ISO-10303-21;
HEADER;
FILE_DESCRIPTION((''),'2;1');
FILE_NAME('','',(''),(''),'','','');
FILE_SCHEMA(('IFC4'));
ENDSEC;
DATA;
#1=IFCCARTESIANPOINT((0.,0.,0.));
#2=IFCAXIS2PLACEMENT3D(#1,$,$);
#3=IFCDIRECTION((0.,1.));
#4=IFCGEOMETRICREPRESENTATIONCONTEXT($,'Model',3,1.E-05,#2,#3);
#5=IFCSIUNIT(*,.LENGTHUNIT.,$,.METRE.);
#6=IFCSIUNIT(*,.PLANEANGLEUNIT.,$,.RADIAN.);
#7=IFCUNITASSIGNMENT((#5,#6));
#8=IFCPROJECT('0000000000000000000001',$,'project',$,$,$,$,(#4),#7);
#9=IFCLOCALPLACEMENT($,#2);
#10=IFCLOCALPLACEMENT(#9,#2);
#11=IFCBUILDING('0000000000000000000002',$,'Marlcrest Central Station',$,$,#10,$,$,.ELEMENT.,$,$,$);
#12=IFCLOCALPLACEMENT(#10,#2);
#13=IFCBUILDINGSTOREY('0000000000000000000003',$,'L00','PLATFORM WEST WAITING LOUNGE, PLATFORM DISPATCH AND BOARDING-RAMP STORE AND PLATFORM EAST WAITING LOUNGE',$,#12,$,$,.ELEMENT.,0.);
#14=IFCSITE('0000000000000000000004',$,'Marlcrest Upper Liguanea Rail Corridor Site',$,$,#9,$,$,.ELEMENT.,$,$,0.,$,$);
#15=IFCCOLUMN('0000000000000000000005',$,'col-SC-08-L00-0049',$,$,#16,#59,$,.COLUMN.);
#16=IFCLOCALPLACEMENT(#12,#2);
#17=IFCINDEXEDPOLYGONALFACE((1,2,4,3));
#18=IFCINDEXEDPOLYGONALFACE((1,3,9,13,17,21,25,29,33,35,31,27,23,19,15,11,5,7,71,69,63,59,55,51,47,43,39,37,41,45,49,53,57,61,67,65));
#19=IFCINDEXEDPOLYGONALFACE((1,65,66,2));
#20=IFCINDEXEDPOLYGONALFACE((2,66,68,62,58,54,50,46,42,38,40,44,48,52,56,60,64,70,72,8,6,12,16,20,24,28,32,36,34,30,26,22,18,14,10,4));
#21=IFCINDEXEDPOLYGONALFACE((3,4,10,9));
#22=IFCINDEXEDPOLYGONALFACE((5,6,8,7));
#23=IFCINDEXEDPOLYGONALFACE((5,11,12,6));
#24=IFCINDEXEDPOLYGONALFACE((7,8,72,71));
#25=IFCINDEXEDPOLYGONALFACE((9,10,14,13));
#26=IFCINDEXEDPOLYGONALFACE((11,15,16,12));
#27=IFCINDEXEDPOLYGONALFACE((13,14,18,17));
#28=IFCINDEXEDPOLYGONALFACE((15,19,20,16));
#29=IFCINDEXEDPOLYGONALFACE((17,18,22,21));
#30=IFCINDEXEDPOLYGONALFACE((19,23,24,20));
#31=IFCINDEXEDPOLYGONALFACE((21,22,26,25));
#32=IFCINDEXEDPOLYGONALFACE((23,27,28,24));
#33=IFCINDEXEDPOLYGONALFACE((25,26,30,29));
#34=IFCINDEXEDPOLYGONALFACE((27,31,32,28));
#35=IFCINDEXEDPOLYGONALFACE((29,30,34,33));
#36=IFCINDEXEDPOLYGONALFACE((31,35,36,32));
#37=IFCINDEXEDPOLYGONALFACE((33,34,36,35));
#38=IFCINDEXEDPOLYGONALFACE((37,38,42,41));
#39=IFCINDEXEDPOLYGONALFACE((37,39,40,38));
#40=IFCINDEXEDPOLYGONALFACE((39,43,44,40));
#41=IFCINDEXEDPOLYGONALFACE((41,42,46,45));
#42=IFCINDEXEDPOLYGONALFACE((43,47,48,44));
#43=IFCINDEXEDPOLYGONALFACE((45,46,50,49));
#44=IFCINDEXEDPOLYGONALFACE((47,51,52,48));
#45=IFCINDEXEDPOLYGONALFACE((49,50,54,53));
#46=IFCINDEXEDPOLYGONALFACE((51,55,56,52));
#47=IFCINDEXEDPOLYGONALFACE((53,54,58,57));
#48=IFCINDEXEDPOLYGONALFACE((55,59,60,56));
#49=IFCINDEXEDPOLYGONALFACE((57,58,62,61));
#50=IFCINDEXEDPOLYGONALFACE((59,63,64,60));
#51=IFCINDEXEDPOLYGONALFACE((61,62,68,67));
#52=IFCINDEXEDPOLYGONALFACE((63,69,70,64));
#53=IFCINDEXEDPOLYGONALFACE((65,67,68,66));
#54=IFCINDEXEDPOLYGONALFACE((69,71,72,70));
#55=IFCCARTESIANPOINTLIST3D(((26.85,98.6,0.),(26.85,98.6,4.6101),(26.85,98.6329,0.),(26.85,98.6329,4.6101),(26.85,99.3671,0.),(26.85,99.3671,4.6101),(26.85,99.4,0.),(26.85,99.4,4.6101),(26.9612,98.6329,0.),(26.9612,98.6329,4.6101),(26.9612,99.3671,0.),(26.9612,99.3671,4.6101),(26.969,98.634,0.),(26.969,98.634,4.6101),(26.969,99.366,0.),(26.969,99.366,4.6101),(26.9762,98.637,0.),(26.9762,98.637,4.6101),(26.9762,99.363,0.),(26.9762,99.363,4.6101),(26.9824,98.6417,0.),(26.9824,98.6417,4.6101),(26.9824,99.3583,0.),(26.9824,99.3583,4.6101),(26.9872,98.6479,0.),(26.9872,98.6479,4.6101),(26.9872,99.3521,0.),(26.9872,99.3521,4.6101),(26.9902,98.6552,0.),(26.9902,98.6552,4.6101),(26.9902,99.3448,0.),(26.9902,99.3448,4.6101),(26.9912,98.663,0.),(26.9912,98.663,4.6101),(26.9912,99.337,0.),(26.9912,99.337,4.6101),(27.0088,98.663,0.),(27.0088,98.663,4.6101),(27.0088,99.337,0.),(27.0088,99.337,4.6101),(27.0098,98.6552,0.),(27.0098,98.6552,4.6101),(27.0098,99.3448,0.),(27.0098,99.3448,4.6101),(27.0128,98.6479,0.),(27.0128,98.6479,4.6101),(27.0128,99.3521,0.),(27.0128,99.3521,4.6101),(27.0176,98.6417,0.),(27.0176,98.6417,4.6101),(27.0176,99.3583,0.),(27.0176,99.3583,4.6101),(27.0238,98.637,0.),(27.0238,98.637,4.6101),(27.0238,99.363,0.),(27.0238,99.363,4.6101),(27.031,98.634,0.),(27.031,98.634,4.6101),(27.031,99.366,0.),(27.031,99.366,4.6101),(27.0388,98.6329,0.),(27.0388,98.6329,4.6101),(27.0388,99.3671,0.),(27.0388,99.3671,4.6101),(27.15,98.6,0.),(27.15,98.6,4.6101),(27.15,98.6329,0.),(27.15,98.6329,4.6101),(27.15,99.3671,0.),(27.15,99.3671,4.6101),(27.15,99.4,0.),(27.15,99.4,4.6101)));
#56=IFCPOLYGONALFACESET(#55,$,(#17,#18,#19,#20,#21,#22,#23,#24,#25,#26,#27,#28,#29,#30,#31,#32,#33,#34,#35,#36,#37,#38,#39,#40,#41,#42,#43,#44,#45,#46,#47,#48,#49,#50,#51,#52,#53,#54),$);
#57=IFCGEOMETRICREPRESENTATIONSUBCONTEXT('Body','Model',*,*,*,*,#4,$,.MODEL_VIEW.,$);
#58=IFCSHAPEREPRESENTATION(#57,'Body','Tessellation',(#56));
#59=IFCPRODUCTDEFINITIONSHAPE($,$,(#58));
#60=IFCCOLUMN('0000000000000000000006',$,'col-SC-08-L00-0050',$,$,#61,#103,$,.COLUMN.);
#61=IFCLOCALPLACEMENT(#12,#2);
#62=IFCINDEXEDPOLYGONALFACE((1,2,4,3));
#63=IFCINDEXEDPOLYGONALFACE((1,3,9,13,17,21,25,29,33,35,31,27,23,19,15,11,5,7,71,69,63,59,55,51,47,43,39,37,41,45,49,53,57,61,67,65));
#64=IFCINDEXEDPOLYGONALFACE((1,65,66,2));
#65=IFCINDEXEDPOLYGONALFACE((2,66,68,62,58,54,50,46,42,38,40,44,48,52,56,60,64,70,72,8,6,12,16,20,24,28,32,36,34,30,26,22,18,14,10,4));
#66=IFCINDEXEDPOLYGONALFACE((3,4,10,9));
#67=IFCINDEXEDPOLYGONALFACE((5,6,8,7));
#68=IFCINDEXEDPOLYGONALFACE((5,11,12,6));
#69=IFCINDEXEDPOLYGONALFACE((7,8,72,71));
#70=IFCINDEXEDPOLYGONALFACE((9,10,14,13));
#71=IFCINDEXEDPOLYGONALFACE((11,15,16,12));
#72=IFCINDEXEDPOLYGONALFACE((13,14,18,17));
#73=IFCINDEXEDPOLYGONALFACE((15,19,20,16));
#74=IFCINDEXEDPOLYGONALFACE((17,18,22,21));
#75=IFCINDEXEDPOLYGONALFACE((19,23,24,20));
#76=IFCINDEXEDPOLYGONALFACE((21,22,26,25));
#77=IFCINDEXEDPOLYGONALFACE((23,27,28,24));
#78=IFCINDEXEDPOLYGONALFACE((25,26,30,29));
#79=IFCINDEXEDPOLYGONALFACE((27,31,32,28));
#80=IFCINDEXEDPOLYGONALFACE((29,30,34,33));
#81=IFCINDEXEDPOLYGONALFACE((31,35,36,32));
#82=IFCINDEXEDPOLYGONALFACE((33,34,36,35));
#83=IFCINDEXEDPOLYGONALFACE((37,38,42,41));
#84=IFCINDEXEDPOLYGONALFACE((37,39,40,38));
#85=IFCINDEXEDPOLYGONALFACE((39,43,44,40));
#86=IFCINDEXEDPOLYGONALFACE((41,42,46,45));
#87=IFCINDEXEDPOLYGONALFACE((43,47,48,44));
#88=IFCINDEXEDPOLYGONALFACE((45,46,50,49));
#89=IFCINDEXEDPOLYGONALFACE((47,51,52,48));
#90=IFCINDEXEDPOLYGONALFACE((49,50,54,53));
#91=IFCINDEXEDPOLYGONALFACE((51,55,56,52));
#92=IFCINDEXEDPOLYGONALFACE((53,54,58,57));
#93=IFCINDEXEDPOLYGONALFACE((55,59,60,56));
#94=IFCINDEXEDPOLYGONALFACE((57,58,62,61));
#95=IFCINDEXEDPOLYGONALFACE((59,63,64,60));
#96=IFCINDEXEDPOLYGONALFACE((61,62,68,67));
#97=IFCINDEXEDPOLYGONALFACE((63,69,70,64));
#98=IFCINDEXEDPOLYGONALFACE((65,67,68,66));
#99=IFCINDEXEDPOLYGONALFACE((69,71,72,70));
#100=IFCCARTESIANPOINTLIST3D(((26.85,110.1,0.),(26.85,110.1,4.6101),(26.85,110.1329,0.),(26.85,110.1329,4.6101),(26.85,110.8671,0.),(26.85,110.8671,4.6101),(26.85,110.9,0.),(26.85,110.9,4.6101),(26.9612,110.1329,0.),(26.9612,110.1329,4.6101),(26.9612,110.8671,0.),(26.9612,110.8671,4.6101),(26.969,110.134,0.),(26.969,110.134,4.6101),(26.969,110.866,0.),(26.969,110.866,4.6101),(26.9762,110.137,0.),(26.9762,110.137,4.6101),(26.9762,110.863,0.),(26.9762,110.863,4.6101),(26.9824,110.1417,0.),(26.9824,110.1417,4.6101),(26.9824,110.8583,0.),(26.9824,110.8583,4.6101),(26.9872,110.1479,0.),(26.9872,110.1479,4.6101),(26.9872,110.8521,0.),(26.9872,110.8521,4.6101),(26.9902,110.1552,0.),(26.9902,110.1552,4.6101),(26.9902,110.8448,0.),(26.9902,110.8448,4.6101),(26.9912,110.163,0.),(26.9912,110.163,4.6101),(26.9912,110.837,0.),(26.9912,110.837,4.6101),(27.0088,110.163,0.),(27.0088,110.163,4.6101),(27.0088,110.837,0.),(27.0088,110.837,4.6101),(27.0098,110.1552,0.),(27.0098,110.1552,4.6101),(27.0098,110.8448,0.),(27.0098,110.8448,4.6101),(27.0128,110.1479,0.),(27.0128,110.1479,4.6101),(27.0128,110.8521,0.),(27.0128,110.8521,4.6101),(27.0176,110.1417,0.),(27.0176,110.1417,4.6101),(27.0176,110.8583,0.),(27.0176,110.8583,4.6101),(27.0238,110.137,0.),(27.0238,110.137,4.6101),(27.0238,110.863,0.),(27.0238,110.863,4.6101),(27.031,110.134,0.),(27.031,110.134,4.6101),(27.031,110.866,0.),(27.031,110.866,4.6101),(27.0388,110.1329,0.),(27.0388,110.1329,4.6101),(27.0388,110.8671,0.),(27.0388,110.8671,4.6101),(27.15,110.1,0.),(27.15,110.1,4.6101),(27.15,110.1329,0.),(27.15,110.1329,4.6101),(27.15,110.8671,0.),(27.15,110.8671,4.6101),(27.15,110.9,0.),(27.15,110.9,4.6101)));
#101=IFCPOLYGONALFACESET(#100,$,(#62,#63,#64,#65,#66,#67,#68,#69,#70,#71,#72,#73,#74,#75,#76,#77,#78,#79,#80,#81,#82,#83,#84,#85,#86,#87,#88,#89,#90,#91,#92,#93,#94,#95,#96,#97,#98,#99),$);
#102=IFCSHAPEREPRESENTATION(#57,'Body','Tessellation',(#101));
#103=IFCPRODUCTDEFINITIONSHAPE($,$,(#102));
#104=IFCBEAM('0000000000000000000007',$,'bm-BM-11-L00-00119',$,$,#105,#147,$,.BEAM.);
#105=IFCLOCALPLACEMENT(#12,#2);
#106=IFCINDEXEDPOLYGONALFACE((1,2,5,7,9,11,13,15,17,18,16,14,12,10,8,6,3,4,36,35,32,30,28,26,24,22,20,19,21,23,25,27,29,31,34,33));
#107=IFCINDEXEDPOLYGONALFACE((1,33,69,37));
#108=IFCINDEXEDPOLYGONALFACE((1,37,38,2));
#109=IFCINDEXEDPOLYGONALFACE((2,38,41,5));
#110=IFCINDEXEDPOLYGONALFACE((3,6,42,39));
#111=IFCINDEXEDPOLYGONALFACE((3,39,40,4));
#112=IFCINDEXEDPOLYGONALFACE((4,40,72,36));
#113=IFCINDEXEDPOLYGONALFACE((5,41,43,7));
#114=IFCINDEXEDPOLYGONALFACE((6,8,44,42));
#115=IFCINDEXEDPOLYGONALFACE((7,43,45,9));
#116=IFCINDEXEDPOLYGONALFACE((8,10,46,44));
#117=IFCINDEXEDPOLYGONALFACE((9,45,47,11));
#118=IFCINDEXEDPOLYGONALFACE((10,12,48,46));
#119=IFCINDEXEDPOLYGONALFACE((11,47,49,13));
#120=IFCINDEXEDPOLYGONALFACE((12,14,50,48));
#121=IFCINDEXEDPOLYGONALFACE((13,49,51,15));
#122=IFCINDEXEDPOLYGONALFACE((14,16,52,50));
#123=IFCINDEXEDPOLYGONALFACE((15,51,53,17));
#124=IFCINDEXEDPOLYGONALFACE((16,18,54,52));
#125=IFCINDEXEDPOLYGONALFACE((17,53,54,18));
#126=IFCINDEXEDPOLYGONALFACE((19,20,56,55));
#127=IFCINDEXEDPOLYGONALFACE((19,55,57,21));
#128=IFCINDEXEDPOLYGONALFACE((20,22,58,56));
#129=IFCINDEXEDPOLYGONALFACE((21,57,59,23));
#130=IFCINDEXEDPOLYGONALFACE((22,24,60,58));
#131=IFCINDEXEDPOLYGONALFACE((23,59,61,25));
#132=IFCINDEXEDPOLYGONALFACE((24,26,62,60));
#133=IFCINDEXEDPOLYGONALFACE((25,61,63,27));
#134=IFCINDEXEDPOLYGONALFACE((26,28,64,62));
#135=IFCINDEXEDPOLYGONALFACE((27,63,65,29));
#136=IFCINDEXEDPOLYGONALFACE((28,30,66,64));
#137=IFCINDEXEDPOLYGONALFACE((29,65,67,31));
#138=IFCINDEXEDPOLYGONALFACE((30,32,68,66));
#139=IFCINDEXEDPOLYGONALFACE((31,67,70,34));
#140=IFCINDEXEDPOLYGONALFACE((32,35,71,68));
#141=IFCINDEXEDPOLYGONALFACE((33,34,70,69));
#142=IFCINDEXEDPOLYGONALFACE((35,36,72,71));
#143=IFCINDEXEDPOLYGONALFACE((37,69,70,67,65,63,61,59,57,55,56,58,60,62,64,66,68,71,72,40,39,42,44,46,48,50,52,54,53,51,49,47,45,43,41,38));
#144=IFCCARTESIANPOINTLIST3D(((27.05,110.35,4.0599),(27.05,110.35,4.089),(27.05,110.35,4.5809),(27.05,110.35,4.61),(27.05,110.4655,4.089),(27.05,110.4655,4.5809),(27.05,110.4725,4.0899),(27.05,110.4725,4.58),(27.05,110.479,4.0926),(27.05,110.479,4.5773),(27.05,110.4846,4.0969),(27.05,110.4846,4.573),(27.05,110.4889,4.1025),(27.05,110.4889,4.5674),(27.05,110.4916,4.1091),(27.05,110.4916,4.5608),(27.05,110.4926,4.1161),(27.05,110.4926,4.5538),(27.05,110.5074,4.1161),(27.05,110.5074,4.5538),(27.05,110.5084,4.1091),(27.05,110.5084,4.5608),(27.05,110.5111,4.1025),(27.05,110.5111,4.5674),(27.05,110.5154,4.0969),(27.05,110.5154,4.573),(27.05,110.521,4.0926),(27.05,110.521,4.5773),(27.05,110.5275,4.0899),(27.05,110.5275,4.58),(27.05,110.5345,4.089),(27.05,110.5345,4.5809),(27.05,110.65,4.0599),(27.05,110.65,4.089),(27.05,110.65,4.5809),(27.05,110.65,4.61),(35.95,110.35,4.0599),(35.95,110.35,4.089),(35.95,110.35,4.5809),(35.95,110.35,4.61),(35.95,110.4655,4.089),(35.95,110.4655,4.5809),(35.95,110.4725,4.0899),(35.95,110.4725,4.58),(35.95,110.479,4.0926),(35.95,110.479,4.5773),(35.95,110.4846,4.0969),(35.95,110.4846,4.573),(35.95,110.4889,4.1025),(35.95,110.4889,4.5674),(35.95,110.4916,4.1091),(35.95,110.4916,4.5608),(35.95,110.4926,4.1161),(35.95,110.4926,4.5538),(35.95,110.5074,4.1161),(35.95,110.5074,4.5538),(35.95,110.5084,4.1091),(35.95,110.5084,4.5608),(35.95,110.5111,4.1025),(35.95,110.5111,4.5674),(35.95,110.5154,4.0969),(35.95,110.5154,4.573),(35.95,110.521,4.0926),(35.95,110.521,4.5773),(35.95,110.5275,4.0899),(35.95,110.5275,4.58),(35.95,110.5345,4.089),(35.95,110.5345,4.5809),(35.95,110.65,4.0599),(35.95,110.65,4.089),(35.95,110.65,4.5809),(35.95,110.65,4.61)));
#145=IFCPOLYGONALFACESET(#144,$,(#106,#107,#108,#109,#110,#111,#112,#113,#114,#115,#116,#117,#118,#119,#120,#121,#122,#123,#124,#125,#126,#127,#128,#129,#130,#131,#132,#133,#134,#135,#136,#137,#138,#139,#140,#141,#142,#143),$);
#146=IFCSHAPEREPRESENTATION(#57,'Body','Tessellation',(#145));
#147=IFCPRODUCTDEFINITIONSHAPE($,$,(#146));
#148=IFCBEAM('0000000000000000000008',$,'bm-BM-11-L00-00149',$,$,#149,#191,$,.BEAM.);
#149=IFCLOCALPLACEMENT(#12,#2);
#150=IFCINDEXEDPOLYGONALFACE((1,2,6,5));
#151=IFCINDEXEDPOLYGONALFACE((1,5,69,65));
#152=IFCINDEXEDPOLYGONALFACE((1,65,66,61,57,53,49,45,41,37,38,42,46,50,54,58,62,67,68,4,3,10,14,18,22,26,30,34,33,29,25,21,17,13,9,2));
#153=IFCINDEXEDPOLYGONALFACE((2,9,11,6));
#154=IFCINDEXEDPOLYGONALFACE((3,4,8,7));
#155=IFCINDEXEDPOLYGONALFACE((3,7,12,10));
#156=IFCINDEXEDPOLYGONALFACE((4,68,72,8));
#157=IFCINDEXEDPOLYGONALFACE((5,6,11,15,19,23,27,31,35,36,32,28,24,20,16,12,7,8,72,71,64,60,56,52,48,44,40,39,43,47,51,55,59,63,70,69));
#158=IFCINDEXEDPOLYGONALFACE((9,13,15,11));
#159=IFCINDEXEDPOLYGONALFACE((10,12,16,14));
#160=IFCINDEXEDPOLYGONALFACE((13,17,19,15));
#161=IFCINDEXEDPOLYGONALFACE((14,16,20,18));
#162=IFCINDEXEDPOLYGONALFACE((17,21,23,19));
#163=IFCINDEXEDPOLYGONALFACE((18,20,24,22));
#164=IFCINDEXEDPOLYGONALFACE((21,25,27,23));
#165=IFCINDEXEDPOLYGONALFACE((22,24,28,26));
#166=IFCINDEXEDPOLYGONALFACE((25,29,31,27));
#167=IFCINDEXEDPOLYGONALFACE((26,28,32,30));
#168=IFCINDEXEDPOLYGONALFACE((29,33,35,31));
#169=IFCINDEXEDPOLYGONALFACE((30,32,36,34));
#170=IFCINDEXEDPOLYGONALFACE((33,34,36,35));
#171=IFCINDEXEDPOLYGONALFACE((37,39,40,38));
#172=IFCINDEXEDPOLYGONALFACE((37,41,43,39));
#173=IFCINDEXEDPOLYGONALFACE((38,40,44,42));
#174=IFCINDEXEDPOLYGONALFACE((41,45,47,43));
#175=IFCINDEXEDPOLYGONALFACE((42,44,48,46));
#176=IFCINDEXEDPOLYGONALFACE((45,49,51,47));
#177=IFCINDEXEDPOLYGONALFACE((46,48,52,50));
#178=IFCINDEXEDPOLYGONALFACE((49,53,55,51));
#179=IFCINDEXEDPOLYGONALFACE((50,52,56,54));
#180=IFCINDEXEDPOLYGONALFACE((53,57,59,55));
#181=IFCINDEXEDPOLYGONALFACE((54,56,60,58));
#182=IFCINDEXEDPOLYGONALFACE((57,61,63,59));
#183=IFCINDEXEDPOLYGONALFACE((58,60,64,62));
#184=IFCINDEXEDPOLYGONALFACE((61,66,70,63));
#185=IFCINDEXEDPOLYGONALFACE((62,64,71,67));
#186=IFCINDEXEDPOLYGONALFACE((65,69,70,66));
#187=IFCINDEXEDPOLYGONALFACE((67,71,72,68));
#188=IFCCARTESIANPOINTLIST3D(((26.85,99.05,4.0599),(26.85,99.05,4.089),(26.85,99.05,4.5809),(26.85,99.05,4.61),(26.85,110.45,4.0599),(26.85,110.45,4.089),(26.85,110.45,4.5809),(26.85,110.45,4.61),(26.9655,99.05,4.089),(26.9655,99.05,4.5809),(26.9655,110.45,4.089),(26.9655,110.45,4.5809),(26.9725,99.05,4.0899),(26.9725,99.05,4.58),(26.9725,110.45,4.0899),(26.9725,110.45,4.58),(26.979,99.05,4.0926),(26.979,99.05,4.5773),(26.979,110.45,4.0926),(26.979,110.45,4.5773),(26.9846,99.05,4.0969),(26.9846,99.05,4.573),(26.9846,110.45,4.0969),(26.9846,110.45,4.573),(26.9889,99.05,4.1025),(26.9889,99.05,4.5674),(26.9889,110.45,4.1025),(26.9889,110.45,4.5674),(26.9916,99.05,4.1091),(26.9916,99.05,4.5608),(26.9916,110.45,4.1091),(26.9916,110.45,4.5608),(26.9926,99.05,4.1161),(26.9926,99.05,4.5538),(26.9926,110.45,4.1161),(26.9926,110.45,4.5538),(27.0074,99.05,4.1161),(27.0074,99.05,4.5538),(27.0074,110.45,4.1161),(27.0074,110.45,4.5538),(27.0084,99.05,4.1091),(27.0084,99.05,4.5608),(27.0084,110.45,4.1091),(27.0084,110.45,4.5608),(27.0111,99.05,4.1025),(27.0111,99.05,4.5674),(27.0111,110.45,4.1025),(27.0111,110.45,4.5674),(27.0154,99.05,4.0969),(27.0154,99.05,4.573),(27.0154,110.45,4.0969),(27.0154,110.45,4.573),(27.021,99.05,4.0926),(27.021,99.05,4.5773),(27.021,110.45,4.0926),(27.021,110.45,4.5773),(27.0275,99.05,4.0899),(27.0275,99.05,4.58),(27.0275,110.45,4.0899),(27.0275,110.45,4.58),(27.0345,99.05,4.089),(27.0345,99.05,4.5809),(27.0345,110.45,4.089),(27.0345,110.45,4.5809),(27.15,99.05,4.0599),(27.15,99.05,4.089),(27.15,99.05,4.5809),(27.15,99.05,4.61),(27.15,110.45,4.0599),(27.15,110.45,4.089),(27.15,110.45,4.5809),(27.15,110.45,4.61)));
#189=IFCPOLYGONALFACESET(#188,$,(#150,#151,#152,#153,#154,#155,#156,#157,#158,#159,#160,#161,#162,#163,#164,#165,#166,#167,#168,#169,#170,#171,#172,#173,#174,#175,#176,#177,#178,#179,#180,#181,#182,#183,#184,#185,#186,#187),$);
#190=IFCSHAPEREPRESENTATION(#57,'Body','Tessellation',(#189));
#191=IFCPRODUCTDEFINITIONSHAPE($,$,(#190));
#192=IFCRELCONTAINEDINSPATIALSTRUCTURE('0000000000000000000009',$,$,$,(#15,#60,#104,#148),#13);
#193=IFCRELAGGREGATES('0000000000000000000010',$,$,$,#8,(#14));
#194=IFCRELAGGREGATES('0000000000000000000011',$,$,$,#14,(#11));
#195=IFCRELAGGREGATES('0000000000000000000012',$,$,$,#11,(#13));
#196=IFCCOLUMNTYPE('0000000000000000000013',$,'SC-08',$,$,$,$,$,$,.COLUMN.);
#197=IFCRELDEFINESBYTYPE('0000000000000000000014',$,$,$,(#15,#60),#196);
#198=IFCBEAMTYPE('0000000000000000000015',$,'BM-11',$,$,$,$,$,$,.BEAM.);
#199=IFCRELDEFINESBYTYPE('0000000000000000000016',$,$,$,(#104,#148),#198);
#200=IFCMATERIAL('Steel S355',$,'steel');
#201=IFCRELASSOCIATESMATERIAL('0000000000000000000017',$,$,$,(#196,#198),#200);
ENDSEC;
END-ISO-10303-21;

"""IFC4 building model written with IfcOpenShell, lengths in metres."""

from ifc_helpers import new_model, si_unit, direction, frame, origin, origin_2d, place, context, subcontext, project, spatial, i_section, extrude, material, material_profile, profile_set, type_object, element, save


model = new_model("IFC4")

# Units and contexts
model_context = context("Model", 3, precision=1e-05, world=origin(), true_north=direction((0.0, 1.0)))
body_context = subcontext(model_context, "Body", "Model", "MODEL_VIEW")
ifc_project = project(units=[si_unit("LENGTHUNIT", "METRE"), si_unit("PLANEANGLEUNIT", "RADIAN")], contexts=[model_context])

# Site, building, storey
site_placement = place(None, origin())
site = spatial("IfcSite", under=ifc_project, at=site_placement, Name="Marlcrest Upper Liguanea Rail Corridor Site", CompositionType="ELEMENT", RefElevation=0.0)
building_placement = place(site_placement, origin())
building = spatial("IfcBuilding", under=site, at=building_placement, Name="Marlcrest Central Station", CompositionType="ELEMENT")
storey_placement = place(building_placement, origin())
storey = spatial("IfcBuildingStorey", under=building, at=storey_placement, Name="L00", Description="PLATFORM WEST WAITING LOUNGE, PLATFORM DISPATCH AND BOARDING-RAMP STORE AND PLATFORM EAST WAITING LOUNGE", CompositionType="ELEMENT", Elevation=0.0)

# Columns
ifc_material_1 = material(Name="Steel S355", Category="steel")
ifc_material_profile_1 = material_profile(ifc_material_1, i_section(OverallWidth=0.3, OverallDepth=0.8, WebThickness=0.0176, FlangeThickness=0.033, FilletRadius=0.03, at=origin_2d()), Name="HEB 800")
ifc_profile_set_1 = profile_set([ifc_material_profile_1], Name="Steel S355")
column_type = type_object("IfcColumnType", Name="SC-08", PredefinedType="COLUMN", material=ifc_profile_set_1)
for number, where, z_axis, x_axis, name in (
    (1, (27.0, 99.0, 0.0), (0.0, 0.0, 1.0), (1.0, 0.0, 0.0), "col-SC-08-L00-0049"),
    (2, (27.0, 110.5, 0.0), (0.0, 0.0, 1.0), (1.0, 0.0, 0.0), "col-SC-08-L00-0050"),
):
    element("IfcColumn", number, at=place(storey_placement, frame(where, z_axis=z_axis, x_axis=x_axis)), inside=storey, type_object=column_type, Name=name, PredefinedType="COLUMN", context=body_context, shape_type="SweptSolid", body=[
        extrude(i_section(OverallWidth=0.3, OverallDepth=0.8, WebThickness=0.0176, FlangeThickness=0.033, FilletRadius=0.03, at=origin_2d()), origin(), (0.0, 0.0, 1.0), 4.6101),
    ])

# Beams
ifc_material_profile_2 = material_profile(ifc_material_1, i_section(OverallWidth=0.3, OverallDepth=0.55, WebThickness=0.0149, FlangeThickness=0.0291, FilletRadius=0.0271, at=origin_2d()), Name="HEB 550")
ifc_profile_set_2 = profile_set([ifc_material_profile_2], Name="Steel S355")
beam_type_1 = type_object("IfcBeamType", Name="BM-11", PredefinedType="BEAM", material=ifc_profile_set_2)
beam_1_placement = place(storey_placement, frame((27.05, 110.5, 4.335), z_axis=(1.0, 0.0, 0.0), x_axis=(0.0, 1.0, 0.0)))
element("IfcBeam", 3, at=beam_1_placement, inside=storey, type_object=beam_type_1, Name="bm-BM-11-L00-00119", PredefinedType="BEAM", context=body_context, shape_type="SweptSolid", body=[
    extrude(i_section(OverallWidth=0.3, OverallDepth=0.55, WebThickness=0.0149, FlangeThickness=0.0291, FilletRadius=0.0271, at=origin_2d()), origin(), (0.0, 0.0, 1.0), 8.8999),
])
beam_2_placement = place(storey_placement, frame((27.0, 99.05, 4.335), z_axis=(0.0, 1.0, 0.0), x_axis=(-1.0, 0.0, 0.0)))
element("IfcBeam", 4, at=beam_2_placement, inside=storey, type_object=beam_type_1, Name="bm-BM-11-L00-00149", PredefinedType="BEAM", context=body_context, shape_type="SweptSolid", body=[
    extrude(i_section(OverallWidth=0.3, OverallDepth=0.55, WebThickness=0.0149, FlangeThickness=0.0291, FilletRadius=0.0271, at=origin_2d()), origin(), (0.0, 0.0, 1.0), 11.3999),
])

save(model, "model.ifc")
